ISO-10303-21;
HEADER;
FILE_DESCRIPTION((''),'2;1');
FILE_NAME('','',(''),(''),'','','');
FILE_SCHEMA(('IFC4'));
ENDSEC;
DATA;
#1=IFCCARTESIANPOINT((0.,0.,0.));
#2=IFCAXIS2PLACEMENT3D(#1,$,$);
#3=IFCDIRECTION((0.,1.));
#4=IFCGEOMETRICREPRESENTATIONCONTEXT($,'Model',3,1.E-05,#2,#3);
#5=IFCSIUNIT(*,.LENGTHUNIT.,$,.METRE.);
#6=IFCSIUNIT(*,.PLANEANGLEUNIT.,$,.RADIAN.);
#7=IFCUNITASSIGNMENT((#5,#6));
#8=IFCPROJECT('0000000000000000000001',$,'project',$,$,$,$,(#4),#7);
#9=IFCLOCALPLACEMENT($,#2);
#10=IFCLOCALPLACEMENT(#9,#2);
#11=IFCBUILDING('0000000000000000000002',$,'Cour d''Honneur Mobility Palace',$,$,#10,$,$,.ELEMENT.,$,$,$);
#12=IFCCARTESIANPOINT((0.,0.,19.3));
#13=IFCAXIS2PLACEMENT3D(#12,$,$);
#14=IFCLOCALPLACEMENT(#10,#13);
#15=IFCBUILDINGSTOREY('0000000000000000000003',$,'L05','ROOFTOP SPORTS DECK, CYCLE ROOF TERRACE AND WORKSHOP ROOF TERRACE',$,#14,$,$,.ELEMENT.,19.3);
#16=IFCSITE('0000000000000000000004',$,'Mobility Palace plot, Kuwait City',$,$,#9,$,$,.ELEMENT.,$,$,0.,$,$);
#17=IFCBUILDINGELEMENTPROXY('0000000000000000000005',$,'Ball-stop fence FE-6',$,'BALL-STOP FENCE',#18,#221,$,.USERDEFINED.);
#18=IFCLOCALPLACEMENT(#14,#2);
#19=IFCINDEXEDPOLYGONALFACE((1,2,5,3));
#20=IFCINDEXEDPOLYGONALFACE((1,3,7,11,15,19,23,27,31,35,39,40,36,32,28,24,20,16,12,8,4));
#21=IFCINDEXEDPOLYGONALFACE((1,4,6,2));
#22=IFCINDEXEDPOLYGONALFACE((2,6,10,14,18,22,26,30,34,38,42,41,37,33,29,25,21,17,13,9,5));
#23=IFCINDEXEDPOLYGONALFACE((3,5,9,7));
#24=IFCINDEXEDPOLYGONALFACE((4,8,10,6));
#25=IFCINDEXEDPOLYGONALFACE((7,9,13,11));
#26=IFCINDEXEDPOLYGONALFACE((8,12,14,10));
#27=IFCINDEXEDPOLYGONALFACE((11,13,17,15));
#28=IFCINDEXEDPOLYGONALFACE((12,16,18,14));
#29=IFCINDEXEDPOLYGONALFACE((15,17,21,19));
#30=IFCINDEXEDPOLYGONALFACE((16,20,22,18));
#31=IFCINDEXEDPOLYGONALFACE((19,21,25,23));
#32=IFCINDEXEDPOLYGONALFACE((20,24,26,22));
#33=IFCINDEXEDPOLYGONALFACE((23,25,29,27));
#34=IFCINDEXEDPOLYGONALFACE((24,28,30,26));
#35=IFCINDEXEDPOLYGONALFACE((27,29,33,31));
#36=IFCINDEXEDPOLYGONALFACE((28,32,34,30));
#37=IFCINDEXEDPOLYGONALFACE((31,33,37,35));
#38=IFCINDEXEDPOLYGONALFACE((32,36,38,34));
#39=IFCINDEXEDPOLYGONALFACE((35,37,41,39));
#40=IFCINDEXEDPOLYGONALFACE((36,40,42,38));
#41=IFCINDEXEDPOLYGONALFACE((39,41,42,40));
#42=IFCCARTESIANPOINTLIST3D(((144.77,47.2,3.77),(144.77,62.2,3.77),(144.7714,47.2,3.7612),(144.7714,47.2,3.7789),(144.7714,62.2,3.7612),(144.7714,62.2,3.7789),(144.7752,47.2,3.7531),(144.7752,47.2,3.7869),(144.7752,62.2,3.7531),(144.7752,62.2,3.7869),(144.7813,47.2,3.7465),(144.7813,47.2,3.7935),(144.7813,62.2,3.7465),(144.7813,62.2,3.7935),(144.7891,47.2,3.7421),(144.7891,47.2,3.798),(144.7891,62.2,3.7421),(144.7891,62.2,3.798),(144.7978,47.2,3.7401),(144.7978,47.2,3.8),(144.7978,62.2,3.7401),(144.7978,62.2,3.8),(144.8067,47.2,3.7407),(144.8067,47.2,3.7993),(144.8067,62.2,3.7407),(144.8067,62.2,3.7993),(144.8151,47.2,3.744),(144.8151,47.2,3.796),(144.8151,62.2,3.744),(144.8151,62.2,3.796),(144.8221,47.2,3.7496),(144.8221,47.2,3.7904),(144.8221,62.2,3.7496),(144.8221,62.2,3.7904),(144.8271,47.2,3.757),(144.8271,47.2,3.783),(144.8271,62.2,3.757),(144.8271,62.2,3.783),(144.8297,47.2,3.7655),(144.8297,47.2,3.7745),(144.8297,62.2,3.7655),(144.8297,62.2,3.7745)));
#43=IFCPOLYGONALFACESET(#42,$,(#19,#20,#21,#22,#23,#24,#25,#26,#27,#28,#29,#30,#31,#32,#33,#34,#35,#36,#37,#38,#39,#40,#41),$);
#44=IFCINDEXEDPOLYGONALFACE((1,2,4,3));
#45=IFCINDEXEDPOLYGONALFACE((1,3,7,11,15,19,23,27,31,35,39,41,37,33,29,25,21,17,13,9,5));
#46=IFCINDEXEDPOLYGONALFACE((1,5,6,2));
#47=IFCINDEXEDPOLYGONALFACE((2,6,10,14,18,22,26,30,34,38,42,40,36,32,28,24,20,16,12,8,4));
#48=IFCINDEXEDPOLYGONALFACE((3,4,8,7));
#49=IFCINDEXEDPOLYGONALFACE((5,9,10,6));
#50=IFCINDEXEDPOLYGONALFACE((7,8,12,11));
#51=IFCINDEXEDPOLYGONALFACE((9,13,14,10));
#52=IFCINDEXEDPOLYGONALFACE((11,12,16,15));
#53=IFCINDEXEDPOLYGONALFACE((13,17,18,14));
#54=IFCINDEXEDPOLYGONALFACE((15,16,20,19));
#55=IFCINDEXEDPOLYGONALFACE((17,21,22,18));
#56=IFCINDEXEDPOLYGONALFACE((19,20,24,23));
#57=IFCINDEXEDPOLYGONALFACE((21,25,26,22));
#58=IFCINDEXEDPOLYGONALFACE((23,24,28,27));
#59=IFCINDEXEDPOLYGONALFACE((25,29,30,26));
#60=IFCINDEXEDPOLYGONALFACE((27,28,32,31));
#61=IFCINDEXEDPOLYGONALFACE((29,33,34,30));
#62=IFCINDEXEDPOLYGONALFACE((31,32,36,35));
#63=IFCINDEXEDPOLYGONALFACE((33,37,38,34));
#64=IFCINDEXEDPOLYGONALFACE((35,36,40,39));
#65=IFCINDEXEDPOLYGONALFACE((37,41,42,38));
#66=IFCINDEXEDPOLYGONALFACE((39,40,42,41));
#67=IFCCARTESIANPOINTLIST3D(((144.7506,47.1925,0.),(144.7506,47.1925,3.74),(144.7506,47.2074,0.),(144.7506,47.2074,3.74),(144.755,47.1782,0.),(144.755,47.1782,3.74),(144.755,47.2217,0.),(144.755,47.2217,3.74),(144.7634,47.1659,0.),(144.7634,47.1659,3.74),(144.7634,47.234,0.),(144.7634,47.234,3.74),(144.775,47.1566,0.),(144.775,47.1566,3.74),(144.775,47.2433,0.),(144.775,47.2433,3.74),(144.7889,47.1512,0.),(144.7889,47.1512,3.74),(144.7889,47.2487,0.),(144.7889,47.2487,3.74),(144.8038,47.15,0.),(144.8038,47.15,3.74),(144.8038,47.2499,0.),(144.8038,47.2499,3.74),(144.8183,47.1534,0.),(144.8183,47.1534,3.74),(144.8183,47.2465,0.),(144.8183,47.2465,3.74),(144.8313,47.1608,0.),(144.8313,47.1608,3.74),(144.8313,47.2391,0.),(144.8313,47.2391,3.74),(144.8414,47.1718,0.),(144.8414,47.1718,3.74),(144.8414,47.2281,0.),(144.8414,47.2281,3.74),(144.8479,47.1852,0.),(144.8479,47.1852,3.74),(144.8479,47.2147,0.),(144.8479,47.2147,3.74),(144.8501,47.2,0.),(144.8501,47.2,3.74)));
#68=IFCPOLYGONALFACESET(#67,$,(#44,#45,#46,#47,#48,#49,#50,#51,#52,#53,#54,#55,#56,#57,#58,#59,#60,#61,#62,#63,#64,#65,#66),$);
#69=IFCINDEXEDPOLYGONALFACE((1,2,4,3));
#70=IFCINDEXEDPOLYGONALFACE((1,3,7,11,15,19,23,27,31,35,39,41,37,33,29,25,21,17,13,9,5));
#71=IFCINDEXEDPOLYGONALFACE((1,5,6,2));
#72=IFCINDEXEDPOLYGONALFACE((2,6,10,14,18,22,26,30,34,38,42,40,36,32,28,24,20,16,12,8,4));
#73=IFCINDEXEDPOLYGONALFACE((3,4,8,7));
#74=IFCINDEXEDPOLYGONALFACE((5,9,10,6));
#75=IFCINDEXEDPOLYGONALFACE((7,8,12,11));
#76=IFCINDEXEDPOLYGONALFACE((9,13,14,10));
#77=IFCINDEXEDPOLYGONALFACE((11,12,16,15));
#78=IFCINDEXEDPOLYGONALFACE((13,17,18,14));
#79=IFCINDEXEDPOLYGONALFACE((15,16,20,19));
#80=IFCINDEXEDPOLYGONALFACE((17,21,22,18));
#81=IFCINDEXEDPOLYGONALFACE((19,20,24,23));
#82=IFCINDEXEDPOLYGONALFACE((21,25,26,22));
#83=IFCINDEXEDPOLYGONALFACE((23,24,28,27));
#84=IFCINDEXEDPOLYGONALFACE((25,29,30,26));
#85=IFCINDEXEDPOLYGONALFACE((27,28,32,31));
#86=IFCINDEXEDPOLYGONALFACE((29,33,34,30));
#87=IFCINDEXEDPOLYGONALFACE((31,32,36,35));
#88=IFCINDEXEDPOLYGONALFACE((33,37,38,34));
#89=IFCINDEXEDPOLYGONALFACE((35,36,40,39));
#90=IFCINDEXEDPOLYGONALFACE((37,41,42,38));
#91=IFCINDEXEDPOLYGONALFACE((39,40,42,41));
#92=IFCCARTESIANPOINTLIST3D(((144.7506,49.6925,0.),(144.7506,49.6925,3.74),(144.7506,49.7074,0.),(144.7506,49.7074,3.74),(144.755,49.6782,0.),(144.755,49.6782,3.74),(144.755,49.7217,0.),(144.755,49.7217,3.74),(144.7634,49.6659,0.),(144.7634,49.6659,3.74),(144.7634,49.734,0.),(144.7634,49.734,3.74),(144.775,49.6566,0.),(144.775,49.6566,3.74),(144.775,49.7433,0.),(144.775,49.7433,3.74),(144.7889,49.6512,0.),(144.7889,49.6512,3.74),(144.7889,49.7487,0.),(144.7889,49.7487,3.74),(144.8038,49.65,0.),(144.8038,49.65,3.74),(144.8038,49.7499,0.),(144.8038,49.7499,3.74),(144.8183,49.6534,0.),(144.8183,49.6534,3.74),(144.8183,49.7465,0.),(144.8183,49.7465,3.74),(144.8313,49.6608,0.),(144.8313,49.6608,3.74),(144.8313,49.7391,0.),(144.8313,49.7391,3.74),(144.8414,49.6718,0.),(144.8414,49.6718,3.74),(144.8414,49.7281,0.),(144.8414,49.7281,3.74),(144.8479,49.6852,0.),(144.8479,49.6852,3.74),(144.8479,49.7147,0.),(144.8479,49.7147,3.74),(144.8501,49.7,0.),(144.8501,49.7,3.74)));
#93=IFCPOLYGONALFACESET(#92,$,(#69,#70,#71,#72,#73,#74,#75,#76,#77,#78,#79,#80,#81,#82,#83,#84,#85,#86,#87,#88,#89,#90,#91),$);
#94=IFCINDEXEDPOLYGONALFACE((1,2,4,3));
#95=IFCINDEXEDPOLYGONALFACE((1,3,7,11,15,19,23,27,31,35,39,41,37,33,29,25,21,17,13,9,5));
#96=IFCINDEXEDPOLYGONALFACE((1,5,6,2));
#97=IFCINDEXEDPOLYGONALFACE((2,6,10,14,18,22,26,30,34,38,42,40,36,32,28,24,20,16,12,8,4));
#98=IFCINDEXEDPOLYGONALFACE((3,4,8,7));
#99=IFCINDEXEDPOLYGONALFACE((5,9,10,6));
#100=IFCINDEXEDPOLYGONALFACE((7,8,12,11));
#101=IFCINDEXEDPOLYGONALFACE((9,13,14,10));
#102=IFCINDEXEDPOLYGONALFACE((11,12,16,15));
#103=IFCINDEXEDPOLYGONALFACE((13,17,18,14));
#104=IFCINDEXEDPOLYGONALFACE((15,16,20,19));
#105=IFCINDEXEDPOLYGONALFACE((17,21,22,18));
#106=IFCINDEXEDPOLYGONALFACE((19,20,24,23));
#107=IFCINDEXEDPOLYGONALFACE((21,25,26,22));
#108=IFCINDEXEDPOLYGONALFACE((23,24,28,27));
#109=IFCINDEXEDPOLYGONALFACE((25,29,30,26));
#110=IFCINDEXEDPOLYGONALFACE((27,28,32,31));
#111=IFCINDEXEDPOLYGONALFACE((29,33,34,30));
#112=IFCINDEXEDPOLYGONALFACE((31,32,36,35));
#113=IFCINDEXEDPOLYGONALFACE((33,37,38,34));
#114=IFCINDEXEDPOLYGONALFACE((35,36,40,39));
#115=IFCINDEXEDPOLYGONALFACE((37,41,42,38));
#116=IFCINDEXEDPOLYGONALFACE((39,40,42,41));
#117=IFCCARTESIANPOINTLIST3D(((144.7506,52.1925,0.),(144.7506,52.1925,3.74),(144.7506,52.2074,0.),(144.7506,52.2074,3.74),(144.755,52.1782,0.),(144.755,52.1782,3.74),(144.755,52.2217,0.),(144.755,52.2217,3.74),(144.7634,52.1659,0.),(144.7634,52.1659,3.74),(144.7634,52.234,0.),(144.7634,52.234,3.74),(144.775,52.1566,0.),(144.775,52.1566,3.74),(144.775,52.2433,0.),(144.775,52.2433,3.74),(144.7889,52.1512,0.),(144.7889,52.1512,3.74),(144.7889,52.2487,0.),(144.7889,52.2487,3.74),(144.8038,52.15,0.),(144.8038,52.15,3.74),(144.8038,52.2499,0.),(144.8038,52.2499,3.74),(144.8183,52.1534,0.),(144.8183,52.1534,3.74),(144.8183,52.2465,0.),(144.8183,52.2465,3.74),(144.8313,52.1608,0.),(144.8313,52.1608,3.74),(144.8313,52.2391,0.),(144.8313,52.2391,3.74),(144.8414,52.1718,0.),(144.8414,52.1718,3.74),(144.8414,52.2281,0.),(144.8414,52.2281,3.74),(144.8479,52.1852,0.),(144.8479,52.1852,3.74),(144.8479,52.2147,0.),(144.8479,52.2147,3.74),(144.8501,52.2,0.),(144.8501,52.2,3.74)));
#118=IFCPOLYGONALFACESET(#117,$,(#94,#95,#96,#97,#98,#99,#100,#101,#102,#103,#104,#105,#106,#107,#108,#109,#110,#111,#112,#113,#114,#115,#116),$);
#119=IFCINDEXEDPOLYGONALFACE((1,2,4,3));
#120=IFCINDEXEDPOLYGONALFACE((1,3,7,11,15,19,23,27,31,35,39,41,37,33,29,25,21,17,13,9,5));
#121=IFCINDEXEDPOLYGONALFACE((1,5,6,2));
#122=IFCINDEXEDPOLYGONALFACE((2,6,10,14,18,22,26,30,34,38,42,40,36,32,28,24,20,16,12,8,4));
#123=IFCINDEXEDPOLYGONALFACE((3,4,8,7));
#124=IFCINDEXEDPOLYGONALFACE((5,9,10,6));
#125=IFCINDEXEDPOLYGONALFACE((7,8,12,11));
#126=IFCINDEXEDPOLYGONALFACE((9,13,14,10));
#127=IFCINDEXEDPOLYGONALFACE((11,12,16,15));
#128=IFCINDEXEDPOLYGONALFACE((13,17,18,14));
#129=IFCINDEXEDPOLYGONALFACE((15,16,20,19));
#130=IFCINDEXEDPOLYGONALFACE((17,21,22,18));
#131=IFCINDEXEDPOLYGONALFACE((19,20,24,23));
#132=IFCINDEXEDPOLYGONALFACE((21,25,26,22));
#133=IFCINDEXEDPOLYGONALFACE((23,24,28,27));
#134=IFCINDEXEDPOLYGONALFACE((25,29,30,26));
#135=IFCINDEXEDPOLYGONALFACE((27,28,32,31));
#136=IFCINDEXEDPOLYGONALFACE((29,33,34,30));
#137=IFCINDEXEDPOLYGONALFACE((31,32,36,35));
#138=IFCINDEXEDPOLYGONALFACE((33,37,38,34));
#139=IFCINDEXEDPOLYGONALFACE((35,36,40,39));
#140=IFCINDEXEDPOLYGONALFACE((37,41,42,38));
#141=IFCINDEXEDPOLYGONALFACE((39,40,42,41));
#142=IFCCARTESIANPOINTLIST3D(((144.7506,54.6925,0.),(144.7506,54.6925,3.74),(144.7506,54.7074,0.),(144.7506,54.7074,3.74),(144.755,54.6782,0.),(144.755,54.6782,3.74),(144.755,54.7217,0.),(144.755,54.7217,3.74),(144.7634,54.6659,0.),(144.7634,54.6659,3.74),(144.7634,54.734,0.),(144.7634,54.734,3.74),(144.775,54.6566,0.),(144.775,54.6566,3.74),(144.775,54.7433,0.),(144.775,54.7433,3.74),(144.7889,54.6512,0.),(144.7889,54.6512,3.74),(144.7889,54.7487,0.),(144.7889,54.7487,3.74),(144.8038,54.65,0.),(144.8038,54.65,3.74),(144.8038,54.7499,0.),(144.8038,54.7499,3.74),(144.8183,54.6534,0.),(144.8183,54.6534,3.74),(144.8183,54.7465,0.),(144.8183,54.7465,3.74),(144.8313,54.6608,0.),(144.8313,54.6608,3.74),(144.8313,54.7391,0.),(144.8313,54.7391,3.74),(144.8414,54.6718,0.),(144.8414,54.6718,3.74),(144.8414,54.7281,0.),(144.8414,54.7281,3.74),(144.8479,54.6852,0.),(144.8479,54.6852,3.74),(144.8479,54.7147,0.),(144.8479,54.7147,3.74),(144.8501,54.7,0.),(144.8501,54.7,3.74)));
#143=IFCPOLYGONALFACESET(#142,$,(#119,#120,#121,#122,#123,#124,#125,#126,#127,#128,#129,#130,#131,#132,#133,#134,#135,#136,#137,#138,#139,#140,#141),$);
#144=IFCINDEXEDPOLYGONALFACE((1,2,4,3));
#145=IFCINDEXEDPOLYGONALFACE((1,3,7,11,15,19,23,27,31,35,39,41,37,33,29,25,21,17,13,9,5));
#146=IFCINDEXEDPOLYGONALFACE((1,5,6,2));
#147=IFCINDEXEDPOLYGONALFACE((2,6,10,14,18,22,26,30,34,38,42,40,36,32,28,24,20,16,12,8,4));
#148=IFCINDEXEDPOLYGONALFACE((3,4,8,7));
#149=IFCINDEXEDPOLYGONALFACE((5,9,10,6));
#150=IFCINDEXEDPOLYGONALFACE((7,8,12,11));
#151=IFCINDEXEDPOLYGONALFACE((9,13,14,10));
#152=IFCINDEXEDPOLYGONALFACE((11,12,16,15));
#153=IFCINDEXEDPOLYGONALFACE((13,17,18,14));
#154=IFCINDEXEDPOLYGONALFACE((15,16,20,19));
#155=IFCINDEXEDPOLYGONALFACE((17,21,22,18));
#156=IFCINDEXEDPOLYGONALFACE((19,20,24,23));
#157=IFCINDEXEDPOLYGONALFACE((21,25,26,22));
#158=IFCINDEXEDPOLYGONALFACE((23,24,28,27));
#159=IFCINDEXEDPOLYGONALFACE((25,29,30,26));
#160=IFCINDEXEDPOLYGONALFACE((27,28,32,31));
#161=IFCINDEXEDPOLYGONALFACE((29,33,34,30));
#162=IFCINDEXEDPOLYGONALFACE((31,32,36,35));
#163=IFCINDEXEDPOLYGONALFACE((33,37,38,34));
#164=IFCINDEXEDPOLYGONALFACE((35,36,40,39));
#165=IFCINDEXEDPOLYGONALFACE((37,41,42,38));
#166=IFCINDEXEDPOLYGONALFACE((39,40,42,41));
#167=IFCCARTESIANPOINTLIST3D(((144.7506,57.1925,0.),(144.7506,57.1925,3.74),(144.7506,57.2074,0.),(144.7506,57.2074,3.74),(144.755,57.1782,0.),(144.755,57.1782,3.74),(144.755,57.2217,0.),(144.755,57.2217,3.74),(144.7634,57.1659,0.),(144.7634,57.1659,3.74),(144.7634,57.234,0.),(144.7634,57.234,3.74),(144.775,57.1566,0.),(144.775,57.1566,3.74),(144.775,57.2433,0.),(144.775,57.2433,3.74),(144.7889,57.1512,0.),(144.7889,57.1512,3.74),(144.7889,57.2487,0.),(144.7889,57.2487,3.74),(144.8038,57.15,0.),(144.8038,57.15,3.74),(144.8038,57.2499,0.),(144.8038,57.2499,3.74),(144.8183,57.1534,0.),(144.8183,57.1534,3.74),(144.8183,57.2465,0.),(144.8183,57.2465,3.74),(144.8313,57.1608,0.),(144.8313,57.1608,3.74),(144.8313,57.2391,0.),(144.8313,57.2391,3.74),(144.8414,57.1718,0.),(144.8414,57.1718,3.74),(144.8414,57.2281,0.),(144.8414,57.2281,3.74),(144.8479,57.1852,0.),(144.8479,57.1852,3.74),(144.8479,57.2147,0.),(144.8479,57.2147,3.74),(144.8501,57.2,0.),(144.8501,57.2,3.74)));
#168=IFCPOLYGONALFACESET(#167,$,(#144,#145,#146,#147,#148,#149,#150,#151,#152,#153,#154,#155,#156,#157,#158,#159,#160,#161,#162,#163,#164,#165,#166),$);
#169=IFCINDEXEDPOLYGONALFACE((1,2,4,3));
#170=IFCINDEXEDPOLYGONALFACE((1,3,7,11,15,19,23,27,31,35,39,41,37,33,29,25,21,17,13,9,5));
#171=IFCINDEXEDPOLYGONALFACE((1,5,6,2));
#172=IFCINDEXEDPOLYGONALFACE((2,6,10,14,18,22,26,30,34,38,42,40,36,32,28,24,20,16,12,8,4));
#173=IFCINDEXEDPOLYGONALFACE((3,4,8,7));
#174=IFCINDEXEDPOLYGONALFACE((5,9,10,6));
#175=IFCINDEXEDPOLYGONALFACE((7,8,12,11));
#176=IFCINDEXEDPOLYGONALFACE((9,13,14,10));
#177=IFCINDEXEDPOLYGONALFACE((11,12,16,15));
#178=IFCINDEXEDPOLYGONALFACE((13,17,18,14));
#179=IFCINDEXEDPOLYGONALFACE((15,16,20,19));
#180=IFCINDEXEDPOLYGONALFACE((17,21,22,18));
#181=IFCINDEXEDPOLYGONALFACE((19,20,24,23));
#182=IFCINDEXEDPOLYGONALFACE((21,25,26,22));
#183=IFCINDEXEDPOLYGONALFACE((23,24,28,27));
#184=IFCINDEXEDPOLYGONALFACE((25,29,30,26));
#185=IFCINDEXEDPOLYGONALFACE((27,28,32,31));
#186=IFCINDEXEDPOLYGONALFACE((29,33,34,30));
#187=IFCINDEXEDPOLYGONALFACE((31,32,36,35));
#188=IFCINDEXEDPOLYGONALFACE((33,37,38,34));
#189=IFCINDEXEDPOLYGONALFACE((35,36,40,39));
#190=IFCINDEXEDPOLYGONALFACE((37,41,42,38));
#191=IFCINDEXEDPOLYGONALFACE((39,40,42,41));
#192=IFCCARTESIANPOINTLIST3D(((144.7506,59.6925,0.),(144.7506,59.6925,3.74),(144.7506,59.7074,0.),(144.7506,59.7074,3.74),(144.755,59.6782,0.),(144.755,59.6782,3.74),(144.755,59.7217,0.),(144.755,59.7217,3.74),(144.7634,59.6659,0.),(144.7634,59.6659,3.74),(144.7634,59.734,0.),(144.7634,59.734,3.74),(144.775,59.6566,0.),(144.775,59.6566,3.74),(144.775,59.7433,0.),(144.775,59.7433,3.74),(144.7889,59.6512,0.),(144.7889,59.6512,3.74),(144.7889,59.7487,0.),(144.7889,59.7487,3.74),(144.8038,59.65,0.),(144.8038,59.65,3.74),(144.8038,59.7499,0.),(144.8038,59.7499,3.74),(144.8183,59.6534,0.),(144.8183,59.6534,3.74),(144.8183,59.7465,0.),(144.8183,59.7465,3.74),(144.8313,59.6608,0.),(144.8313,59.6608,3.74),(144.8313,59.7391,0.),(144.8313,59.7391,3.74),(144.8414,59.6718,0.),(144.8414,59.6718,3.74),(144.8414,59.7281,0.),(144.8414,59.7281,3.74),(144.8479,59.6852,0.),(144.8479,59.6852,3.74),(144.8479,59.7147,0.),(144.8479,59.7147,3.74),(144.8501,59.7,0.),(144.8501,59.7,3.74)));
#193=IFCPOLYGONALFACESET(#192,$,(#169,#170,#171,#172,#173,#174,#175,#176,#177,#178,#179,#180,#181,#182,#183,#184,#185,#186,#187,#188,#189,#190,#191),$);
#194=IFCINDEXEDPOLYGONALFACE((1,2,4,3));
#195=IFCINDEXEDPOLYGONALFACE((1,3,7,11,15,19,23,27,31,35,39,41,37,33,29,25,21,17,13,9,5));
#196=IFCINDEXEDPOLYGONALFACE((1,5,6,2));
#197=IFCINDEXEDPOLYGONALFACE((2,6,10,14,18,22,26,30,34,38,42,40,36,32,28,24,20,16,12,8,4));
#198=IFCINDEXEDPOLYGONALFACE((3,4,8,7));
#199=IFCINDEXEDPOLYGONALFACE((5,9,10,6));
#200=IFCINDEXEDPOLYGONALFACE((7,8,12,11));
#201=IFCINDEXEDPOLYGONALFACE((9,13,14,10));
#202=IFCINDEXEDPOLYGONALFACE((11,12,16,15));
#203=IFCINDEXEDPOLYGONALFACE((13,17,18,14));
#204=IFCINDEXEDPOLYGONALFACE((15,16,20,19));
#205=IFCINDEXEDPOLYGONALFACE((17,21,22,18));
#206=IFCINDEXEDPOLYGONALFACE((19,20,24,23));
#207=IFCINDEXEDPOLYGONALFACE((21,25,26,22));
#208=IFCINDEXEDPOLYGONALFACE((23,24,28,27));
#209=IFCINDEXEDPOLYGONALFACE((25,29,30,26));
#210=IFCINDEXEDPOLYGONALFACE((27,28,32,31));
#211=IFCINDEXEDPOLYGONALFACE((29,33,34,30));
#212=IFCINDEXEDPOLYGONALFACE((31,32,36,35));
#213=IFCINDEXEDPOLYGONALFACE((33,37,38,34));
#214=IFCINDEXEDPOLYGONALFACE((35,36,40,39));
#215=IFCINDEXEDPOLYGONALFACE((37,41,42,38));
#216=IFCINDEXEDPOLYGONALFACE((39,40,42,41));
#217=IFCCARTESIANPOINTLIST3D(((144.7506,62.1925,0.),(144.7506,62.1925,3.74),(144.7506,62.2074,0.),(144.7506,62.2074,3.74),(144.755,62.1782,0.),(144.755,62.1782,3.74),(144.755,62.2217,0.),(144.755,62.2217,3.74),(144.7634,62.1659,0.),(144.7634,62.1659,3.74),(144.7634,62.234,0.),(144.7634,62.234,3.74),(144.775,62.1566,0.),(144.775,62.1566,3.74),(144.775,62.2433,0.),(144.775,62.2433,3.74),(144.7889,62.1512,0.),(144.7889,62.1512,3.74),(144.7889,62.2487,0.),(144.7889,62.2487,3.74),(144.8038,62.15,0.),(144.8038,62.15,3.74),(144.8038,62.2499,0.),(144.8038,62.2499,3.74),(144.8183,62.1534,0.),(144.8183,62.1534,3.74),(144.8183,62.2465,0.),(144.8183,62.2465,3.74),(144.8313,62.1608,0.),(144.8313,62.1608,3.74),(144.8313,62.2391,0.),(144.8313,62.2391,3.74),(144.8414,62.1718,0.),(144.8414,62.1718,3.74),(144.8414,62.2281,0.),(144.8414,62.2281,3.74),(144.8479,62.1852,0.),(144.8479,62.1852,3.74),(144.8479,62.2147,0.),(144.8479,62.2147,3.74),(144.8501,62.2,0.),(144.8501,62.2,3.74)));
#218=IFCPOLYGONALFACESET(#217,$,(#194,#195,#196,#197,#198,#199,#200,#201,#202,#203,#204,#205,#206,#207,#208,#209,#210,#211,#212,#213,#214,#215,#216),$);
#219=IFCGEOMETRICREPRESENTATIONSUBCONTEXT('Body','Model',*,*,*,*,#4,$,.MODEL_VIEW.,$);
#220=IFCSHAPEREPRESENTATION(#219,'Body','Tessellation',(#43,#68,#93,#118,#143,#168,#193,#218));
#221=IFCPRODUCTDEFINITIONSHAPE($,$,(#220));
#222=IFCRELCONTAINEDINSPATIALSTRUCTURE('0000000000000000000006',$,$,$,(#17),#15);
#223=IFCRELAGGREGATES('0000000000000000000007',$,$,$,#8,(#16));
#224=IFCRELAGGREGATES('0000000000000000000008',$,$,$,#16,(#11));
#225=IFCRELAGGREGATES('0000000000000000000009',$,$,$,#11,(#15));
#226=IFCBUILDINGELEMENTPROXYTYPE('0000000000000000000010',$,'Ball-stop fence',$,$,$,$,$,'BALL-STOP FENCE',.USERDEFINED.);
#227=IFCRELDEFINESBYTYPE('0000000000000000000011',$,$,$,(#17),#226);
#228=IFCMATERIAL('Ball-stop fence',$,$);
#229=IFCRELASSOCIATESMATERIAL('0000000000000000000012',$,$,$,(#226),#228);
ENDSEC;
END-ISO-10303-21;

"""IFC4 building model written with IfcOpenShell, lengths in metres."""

from ifc_helpers import new_model, si_unit, direction, frame, origin, origin_2d, place, context, subcontext, project, spatial, circle, extrude, material, type_object, element, save


model = new_model("IFC4")

# Units and contexts
model_context = context("Model", 3, precision=1e-05, world=origin(), true_north=direction((0.0, 1.0)))
body_context = subcontext(model_context, "Body", "Model", "MODEL_VIEW")
ifc_project = project(units=[si_unit("LENGTHUNIT", "METRE"), si_unit("PLANEANGLEUNIT", "RADIAN")], contexts=[model_context])

# Site, building, storey
site_placement = place(None, origin())
site = spatial("IfcSite", under=ifc_project, at=site_placement, Name="Mobility Palace plot, Kuwait City", CompositionType="ELEMENT", RefElevation=0.0)
building_placement = place(site_placement, origin())
building = spatial("IfcBuilding", under=site, at=building_placement, Name="Cour d'Honneur Mobility Palace", CompositionType="ELEMENT")
storey_placement = place(building_placement, frame((0.0, 0.0, 19.3)))
storey = spatial("IfcBuildingStorey", under=building, at=storey_placement, Name="L05", Description="ROOFTOP SPORTS DECK, CYCLE ROOF TERRACE AND WORKSHOP ROOF TERRACE", CompositionType="ELEMENT", Elevation=19.3)

# Building element proxy
ifc_material_1 = material(Name="Ball-stop fence")
building_element_proxy_type = type_object("IfcBuildingElementProxyType", Name="Ball-stop fence", ElementType="BALL-STOP FENCE", PredefinedType="USERDEFINED", material=ifc_material_1)
proxy_placement = place(storey_placement, frame((144.8, 47.2, 0.0)))
element("IfcBuildingElementProxy", 1, at=proxy_placement, inside=storey, type_object=building_element_proxy_type, Name="Ball-stop fence FE-6", ObjectType="BALL-STOP FENCE", PredefinedType="USERDEFINED", context=body_context, shape_type="SweptSolid", body=[
    extrude(circle(Radius=0.03, at=origin_2d()), frame((0.0, 0.0, 3.77), z_axis=(0.0, 1.0, 0.0), x_axis=(-1.0, 0.0, 0.0)), (0.0, 0.0, 1.0), 15.0),
    extrude(circle(Radius=0.05, at=origin_2d()), origin(), (0.0, 0.0, 1.0), 3.74),
    extrude(circle(Radius=0.05, at=origin_2d()), frame((0.0, 2.5, 0.0)), (0.0, 0.0, 1.0), 3.74),
    extrude(circle(Radius=0.05, at=origin_2d()), frame((0.0, 5.0, 0.0)), (0.0, 0.0, 1.0), 3.74),
    extrude(circle(Radius=0.05, at=origin_2d()), frame((0.0, 7.5, 0.0)), (0.0, 0.0, 1.0), 3.74),
    extrude(circle(Radius=0.05, at=origin_2d()), frame((0.0, 10.0, 0.0)), (0.0, 0.0, 1.0), 3.74),
    extrude(circle(Radius=0.05, at=origin_2d()), frame((0.0, 12.5, 0.0)), (0.0, 0.0, 1.0), 3.74),
    extrude(circle(Radius=0.05, at=origin_2d()), frame((0.0, 15.0, 0.0)), (0.0, 0.0, 1.0), 3.74),
])

save(model, "model.ifc")
